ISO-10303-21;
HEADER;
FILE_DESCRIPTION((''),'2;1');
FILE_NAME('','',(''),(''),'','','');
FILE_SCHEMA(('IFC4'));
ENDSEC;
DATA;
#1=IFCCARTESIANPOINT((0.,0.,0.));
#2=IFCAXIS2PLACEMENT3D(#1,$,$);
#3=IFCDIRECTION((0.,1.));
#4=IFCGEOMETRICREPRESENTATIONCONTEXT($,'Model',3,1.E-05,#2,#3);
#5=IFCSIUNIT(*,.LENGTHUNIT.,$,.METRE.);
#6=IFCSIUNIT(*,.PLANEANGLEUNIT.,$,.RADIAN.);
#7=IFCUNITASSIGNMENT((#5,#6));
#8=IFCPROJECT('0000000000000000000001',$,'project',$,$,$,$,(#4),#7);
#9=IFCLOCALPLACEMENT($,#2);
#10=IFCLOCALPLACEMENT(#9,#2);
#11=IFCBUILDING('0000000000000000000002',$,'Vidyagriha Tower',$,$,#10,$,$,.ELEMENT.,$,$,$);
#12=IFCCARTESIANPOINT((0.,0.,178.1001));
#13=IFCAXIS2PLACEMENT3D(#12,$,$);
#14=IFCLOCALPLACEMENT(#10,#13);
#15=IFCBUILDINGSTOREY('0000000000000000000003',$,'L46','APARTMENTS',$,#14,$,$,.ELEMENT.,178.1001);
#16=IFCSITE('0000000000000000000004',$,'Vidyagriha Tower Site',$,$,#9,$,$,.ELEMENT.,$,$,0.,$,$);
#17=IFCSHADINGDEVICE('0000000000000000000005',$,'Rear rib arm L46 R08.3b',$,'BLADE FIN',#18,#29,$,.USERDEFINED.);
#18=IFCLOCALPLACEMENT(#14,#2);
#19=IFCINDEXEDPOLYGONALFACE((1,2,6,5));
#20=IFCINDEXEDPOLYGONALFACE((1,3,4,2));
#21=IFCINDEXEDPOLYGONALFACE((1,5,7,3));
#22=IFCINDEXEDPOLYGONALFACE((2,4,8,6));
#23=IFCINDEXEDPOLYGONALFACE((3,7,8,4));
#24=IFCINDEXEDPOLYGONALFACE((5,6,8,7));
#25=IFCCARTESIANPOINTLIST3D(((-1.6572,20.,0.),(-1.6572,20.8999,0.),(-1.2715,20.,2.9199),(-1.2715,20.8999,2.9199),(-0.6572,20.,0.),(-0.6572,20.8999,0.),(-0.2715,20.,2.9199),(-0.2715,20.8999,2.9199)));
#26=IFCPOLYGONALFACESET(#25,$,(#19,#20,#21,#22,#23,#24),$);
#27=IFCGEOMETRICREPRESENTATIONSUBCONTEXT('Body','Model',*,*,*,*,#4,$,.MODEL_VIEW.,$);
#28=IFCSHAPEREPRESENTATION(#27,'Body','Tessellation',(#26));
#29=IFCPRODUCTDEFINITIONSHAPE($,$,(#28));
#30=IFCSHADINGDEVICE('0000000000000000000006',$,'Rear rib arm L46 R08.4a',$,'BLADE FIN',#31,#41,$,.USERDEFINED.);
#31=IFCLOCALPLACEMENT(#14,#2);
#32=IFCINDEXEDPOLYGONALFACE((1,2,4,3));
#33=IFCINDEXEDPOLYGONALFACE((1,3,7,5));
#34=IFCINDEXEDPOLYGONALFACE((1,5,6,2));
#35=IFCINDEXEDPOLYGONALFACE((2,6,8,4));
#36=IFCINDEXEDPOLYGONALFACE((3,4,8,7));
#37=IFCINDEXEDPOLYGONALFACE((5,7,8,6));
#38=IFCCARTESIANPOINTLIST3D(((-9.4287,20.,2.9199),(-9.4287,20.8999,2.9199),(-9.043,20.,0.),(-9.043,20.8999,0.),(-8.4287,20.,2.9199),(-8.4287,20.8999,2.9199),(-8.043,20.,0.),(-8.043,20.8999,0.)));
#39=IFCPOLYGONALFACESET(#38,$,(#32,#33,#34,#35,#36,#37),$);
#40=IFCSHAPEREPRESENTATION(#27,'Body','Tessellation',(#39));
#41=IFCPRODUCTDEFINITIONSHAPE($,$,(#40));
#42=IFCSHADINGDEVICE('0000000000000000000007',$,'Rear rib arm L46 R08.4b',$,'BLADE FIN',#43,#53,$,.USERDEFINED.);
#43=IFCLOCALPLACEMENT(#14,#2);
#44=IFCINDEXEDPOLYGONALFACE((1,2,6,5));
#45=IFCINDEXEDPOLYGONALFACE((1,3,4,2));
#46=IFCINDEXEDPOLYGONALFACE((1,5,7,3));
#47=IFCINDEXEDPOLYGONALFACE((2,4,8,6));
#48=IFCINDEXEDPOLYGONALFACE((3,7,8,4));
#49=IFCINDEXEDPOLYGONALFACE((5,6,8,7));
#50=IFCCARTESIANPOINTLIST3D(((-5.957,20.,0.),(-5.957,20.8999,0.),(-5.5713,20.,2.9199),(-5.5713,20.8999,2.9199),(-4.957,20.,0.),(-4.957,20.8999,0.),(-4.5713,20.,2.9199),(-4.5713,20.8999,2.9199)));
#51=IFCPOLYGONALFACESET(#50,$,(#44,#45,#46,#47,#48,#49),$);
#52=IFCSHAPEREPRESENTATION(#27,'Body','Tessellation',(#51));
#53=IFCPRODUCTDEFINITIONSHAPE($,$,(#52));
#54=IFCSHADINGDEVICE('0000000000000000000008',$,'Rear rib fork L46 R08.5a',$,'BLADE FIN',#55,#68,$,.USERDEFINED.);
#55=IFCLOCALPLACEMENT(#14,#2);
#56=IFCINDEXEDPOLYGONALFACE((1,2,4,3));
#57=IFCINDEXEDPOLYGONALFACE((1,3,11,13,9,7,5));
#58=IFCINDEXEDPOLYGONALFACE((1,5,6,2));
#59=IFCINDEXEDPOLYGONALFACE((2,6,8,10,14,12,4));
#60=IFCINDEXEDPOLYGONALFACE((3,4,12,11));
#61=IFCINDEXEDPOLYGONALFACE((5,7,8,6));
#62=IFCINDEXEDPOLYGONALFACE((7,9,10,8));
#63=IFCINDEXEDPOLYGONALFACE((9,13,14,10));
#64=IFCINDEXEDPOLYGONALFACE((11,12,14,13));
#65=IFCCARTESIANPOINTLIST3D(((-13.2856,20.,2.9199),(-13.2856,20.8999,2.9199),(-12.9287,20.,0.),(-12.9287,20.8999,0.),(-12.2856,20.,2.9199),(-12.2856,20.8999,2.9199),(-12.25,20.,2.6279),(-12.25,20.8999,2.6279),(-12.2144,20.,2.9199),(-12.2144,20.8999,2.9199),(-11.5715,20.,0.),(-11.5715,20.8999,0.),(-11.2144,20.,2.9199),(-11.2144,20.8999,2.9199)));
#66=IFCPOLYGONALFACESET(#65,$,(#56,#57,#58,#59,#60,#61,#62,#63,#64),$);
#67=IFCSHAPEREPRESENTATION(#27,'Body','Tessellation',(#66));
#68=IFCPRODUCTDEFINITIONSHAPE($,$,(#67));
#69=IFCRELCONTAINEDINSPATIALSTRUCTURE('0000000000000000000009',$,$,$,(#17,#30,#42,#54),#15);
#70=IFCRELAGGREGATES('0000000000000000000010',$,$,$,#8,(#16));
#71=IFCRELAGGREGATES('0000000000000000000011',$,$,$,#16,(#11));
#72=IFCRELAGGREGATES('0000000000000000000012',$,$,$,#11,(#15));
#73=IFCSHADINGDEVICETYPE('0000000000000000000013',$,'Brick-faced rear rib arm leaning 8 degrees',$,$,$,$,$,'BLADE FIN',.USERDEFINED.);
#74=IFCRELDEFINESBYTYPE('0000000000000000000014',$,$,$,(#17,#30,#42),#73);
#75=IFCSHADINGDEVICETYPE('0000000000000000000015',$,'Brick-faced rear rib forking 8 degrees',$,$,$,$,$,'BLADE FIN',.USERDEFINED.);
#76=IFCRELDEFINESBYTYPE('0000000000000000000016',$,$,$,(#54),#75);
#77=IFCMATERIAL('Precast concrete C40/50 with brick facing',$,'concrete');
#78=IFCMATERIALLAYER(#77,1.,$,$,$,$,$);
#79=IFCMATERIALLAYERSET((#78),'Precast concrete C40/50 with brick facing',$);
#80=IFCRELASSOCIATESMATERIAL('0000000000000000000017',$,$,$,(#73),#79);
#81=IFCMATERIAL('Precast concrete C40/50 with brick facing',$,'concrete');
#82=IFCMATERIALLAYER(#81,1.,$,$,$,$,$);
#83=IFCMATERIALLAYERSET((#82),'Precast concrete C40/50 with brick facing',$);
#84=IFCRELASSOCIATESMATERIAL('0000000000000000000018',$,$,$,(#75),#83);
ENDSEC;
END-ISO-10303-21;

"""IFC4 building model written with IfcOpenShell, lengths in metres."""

from ifc_helpers import new_model, si_unit, direction, frame, origin, place, context, subcontext, project, spatial, polyline, outline, extrude, material, layer, layer_set, type_object, element, save


model = new_model("IFC4")

# Units and contexts
model_context = context("Model", 3, precision=1e-05, world=origin(), true_north=direction((0.0, 1.0)))
body_context = subcontext(model_context, "Body", "Model", "MODEL_VIEW")
ifc_project = project(units=[si_unit("LENGTHUNIT", "METRE"), si_unit("PLANEANGLEUNIT", "RADIAN")], contexts=[model_context])

# Site, building, storey
site_placement = place(None, origin())
site = spatial("IfcSite", under=ifc_project, at=site_placement, Name="Vidyagriha Tower Site", CompositionType="ELEMENT", RefElevation=0.0)
building_placement = place(site_placement, origin())
building = spatial("IfcBuilding", under=site, at=building_placement, Name="Vidyagriha Tower", CompositionType="ELEMENT")
storey_placement = place(building_placement, frame((0.0, 0.0, 178.1001)))
storey = spatial("IfcBuildingStorey", under=building, at=storey_placement, Name="L46", Description="APARTMENTS", CompositionType="ELEMENT", Elevation=178.1001)

# Shading devices
ifc_material_1 = material(Name="Precast concrete C40/50 with brick facing", Category="concrete")
ifc_layer_1 = layer(ifc_material_1, 1.0)
ifc_layer_set_1 = layer_set([ifc_layer_1], Name="Precast concrete C40/50 with brick facing")
shading_device_type_1 = type_object("IfcShadingDeviceType", Name="Brick-faced rear rib arm leaning 8 degrees", ElementType="BLADE FIN", PredefinedType="USERDEFINED", material=ifc_layer_set_1)
shading_device_1_placement = place(storey_placement, frame((-0.2715, 20.45, 0.0), z_axis=(0.0, 0.0, 1.0), x_axis=(-1.0, 0.0, 0.0)))
element("IfcShadingDevice", 1, at=shading_device_1_placement, inside=storey, type_object=shading_device_type_1, Name="Rear rib arm L46 R08.3b", ObjectType="BLADE FIN", PredefinedType="USERDEFINED", context=body_context, shape_type="SweptSolid", body=[
    extrude(outline(polyline([(0.3857, 0.0), (1.3857, 0.0), (1.0, 2.9199), (0.0, 2.9199), (0.3857, 0.0)])), frame((0.0, 0.45, 0.0), z_axis=(0.0, -1.0, 0.0), x_axis=(1.0, 0.0, 0.0)), (0.0, 0.0, 1.0), 0.8999),
])
shading_device_2_placement = place(storey_placement, frame((-8.043, 20.45, 0.0), z_axis=(0.0, 0.0, 1.0), x_axis=(-1.0, 0.0, 0.0)))
element("IfcShadingDevice", 2, at=shading_device_2_placement, inside=storey, type_object=shading_device_type_1, Name="Rear rib arm L46 R08.4a", ObjectType="BLADE FIN", PredefinedType="USERDEFINED", context=body_context, shape_type="SweptSolid", body=[
    extrude(outline(polyline([(0.0, 0.0), (1.0, 0.0), (1.3857, 2.9199), (0.3857, 2.9199), (0.0, 0.0)])), frame((0.0, 0.45, 0.0), z_axis=(0.0, -1.0, 0.0), x_axis=(1.0, 0.0, 0.0)), (0.0, 0.0, 1.0), 0.8999),
])
shading_device_3_placement = place(storey_placement, frame((-4.5713, 20.45, 0.0), z_axis=(0.0, 0.0, 1.0), x_axis=(-1.0, 0.0, 0.0)))
element("IfcShadingDevice", 3, at=shading_device_3_placement, inside=storey, type_object=shading_device_type_1, Name="Rear rib arm L46 R08.4b", ObjectType="BLADE FIN", PredefinedType="USERDEFINED", context=body_context, shape_type="SweptSolid", body=[
    extrude(outline(polyline([(0.3857, 0.0), (1.3857, 0.0), (1.0, 2.9199), (0.0, 2.9199), (0.3857, 0.0)])), frame((0.0, 0.45, 0.0), z_axis=(0.0, -1.0, 0.0), x_axis=(1.0, 0.0, 0.0)), (0.0, 0.0, 1.0), 0.8999),
])
ifc_material_2 = material(Name="Precast concrete C40/50 with brick facing", Category="concrete")
ifc_layer_2 = layer(ifc_material_2, 1.0)
ifc_layer_set_2 = layer_set([ifc_layer_2], Name="Precast concrete C40/50 with brick facing")
shading_device_type_2 = type_object("IfcShadingDeviceType", Name="Brick-faced rear rib forking 8 degrees", ElementType="BLADE FIN", PredefinedType="USERDEFINED", material=ifc_layer_set_2)
shading_device_4_placement = place(storey_placement, frame((-11.2144, 20.45, 0.0), z_axis=(0.0, 0.0, 1.0), x_axis=(-1.0, 0.0, 0.0)))
element("IfcShadingDevice", 4, at=shading_device_4_placement, inside=storey, type_object=shading_device_type_2, Name="Rear rib fork L46 R08.5a", ObjectType="BLADE FIN", PredefinedType="USERDEFINED", context=body_context, shape_type="SweptSolid", body=[
    extrude(outline(polyline([(0.3572, 0.0), (1.7144, 0.0), (2.0713, 2.9199), (1.0713, 2.9199), (1.0356, 2.6279), (1.0, 2.9199), (0.0, 2.9199), (0.3572, 0.0)])), frame((0.0, 0.45, 0.0), z_axis=(0.0, -1.0, 0.0), x_axis=(1.0, 0.0, 0.0)), (0.0, 0.0, 1.0), 0.8999),
])

save(model, "model.ifc")
